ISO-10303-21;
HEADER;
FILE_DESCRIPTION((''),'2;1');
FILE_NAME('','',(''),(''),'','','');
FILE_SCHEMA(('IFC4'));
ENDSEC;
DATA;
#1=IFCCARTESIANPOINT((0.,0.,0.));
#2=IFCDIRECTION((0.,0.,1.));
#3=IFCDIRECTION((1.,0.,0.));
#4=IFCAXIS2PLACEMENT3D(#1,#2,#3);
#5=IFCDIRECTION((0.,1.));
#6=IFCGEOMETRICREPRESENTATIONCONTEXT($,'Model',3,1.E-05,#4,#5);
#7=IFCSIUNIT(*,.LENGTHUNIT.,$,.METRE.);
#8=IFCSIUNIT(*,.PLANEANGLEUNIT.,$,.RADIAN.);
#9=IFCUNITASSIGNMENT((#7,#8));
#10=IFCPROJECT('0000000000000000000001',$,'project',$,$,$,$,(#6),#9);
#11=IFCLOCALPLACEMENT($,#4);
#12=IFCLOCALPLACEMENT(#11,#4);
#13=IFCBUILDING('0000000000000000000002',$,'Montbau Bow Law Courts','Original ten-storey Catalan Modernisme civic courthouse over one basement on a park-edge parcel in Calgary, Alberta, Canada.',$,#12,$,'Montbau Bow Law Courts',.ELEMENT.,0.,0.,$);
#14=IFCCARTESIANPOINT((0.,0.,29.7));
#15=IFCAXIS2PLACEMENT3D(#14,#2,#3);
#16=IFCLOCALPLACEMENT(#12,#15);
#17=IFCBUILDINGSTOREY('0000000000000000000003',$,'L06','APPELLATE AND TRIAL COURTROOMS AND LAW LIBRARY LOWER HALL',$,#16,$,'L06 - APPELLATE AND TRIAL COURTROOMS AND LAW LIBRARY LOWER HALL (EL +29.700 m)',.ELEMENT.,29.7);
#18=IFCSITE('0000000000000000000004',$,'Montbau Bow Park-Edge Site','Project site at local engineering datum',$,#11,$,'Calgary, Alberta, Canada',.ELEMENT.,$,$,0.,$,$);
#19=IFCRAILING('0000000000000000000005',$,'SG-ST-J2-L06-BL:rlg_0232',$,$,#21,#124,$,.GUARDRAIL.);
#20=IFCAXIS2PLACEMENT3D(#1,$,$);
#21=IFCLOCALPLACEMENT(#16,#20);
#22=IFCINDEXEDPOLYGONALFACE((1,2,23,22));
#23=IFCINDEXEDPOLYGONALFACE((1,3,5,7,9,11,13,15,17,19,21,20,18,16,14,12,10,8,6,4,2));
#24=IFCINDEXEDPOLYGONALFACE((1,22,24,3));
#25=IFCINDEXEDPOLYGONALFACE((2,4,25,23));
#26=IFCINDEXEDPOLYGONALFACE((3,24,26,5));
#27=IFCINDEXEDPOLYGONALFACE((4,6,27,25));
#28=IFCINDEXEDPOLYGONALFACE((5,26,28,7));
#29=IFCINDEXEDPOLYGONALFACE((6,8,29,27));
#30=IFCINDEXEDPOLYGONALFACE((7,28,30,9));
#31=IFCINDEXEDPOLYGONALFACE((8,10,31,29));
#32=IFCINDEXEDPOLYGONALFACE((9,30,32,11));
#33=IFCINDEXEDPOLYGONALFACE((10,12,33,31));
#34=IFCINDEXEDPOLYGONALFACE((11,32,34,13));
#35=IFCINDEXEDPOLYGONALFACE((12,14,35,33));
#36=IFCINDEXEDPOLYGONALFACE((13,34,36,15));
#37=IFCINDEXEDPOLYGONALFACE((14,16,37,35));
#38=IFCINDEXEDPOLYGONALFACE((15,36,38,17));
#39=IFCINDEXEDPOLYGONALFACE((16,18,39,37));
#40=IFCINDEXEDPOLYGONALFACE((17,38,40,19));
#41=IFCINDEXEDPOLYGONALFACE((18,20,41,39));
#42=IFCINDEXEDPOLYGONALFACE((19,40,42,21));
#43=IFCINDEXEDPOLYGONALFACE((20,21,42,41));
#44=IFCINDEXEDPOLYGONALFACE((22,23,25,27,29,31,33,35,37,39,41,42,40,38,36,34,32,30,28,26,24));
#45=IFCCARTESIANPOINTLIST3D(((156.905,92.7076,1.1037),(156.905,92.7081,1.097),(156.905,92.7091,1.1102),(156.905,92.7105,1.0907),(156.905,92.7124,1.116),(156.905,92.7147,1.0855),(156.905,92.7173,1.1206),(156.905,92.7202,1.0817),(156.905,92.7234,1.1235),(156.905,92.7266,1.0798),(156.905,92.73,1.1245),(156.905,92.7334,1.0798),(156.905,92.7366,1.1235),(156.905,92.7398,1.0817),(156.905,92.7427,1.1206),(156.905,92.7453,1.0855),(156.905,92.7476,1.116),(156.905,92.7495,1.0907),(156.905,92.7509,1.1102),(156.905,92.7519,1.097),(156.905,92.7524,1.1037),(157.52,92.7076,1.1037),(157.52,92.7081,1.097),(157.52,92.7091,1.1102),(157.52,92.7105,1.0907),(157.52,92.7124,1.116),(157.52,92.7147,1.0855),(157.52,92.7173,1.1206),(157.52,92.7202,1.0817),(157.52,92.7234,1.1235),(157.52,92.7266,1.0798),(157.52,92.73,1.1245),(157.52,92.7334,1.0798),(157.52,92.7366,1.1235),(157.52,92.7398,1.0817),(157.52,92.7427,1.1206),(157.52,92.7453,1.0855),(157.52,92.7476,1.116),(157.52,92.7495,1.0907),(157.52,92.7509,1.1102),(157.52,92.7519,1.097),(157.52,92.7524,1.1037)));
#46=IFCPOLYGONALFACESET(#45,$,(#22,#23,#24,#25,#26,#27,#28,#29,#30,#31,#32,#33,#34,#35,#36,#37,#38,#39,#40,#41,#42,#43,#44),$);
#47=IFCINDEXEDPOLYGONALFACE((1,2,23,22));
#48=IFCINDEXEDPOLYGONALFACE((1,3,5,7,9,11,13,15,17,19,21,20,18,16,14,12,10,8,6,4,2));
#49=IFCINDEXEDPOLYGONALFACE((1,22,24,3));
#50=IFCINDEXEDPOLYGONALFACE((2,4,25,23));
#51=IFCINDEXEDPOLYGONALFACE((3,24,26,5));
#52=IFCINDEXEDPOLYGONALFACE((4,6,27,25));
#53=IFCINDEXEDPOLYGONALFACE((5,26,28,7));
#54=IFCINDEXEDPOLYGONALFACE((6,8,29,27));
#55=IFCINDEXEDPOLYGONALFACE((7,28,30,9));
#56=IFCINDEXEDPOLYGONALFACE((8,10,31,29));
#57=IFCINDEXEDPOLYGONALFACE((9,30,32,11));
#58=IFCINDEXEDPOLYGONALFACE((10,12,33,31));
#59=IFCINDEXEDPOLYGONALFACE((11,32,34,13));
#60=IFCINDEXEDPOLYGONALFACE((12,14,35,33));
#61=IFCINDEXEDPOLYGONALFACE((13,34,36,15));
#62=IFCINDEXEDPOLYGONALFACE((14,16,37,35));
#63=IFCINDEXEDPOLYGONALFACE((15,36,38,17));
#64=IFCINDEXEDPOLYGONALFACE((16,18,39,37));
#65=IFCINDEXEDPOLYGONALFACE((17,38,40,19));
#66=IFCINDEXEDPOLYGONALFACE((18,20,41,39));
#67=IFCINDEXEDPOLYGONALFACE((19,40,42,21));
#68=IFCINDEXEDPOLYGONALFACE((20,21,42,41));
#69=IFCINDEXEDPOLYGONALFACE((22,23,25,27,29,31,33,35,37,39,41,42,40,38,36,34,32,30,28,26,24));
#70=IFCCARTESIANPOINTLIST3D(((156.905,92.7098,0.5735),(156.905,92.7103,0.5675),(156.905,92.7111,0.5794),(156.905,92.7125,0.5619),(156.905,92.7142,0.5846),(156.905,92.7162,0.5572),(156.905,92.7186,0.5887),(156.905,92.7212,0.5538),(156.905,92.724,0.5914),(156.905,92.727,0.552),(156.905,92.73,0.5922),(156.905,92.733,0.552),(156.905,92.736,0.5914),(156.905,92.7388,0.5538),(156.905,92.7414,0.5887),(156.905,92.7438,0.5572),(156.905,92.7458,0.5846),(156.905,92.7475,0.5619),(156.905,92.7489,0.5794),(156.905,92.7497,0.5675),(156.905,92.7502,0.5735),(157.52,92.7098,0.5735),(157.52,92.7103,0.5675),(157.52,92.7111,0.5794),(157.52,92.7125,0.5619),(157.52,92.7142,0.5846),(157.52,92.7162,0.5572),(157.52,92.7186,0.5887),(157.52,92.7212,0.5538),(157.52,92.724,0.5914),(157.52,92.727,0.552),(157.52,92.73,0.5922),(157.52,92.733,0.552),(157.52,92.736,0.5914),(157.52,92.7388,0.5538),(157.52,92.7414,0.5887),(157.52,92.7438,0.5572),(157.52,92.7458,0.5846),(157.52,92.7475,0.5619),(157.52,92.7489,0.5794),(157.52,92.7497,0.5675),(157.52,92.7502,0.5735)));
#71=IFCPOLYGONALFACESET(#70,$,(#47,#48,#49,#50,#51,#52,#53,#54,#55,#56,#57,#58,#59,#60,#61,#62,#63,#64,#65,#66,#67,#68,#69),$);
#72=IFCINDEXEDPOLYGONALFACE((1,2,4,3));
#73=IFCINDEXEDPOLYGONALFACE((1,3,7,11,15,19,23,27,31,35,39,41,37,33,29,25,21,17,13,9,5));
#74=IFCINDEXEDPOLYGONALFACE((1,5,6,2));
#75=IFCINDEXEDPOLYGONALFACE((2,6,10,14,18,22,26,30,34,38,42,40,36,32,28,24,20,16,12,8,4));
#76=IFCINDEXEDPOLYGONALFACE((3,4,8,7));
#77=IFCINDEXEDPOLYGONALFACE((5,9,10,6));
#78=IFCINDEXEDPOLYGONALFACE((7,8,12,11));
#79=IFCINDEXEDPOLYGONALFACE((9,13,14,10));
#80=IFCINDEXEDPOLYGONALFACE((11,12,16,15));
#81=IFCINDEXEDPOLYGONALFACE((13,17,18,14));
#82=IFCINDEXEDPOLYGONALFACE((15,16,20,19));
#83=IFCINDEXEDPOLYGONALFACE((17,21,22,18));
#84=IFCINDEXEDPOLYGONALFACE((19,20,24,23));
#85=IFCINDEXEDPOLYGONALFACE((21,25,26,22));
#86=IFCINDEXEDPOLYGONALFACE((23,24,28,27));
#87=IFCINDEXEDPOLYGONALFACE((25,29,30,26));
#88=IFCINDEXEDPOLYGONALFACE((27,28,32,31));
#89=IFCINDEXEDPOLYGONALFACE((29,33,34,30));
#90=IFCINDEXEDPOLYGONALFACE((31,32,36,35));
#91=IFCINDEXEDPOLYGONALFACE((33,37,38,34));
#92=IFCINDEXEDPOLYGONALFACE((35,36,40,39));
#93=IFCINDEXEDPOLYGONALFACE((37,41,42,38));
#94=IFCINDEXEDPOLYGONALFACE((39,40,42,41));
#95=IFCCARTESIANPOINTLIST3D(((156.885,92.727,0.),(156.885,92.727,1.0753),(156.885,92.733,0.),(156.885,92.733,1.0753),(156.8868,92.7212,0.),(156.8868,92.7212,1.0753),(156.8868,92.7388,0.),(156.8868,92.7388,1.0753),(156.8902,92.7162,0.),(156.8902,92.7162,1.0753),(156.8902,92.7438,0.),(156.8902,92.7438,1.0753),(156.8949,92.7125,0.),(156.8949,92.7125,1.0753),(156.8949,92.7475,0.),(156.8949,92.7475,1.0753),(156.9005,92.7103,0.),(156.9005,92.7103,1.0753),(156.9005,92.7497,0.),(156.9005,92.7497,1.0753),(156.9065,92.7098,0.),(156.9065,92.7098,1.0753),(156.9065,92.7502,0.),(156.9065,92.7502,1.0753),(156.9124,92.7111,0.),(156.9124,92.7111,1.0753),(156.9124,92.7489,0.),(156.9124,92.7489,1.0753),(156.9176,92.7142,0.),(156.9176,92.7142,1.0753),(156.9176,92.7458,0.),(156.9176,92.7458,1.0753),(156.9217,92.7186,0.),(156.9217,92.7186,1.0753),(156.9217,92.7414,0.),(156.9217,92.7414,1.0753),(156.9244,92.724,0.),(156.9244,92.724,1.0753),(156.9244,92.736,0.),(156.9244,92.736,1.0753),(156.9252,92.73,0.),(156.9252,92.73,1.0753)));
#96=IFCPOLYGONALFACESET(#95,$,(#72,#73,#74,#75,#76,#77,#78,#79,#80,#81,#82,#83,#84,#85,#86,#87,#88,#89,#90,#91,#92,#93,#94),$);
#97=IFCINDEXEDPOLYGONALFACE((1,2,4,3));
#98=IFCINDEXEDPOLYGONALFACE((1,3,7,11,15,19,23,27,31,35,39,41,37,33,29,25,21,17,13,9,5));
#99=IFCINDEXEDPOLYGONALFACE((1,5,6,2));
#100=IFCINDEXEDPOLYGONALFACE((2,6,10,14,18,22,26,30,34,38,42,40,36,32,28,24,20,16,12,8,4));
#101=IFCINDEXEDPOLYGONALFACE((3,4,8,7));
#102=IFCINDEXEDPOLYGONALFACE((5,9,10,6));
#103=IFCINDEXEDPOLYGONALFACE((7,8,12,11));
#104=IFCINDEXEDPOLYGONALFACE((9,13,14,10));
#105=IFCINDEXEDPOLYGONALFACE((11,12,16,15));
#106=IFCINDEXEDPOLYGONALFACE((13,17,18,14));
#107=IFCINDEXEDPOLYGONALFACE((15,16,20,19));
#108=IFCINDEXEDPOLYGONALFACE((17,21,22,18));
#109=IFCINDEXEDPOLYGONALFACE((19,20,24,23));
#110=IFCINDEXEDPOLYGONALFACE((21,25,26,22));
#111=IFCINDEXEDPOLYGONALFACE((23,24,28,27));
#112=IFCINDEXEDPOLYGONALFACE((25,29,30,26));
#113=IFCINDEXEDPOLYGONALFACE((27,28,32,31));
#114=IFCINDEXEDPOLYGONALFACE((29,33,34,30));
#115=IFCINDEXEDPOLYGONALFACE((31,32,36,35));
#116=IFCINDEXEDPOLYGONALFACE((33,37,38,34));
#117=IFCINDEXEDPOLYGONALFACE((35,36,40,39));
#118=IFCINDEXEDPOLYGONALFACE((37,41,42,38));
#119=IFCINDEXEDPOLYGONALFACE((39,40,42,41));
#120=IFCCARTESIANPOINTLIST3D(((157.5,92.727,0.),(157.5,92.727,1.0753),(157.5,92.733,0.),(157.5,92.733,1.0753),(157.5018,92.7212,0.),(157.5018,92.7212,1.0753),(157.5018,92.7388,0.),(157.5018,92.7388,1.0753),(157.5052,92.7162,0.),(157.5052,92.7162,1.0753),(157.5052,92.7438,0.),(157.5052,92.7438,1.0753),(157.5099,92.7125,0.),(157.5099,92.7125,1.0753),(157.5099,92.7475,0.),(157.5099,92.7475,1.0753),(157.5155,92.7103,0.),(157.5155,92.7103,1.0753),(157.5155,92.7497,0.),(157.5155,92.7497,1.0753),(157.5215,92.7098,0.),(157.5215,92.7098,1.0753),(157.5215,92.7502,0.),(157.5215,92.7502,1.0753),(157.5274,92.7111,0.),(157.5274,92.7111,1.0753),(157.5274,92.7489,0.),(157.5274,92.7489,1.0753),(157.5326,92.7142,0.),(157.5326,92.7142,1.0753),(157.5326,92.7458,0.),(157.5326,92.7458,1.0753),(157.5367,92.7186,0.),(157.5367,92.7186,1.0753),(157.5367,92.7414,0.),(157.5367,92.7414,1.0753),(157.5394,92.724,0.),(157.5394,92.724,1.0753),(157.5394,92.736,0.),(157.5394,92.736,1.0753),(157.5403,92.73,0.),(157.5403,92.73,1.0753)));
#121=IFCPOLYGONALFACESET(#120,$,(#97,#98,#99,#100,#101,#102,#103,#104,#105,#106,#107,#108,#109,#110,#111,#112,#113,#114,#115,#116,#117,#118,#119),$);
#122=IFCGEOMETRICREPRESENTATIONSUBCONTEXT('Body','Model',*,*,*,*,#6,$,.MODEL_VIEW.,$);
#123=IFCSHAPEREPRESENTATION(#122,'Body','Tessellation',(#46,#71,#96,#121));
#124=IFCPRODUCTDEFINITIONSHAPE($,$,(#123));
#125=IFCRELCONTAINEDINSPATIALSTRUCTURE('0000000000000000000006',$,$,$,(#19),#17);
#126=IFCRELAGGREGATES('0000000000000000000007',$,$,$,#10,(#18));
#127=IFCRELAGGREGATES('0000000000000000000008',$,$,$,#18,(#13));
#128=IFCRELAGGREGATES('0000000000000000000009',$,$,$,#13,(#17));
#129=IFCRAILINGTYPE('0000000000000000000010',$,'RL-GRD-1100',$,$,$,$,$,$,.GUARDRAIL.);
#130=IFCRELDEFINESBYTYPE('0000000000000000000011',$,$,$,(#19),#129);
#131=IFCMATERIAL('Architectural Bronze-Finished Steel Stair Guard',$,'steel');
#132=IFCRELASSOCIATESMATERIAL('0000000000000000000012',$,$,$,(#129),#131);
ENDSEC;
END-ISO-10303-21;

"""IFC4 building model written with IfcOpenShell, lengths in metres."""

from ifc_helpers import new_model, si_unit, direction, frame, origin_with_axes, origin_2d_with_axis, place, context, subcontext, project, spatial, circle, extrude, material, type_object, element, save


model = new_model("IFC4")

# Units and contexts
model_context = context("Model", 3, precision=1e-05, world=origin_with_axes(), true_north=direction((0.0, 1.0)))
body_context = subcontext(model_context, "Body", "Model", "MODEL_VIEW")
ifc_project = project(units=[si_unit("LENGTHUNIT", "METRE"), si_unit("PLANEANGLEUNIT", "RADIAN")], contexts=[model_context])

# Site, building, storey
site_placement = place(None, origin_with_axes())
site = spatial("IfcSite", under=ifc_project, at=site_placement, Name="Montbau Bow Park-Edge Site", Description="Project site at local engineering datum", LongName="Calgary, Alberta, Canada", CompositionType="ELEMENT", RefElevation=0.0)
building_placement = place(site_placement, origin_with_axes())
building = spatial("IfcBuilding", under=site, at=building_placement, Name="Montbau Bow Law Courts", Description="Original ten-storey Catalan Modernisme civic courthouse over one basement on a park-edge parcel in Calgary, Alberta, Canada.", LongName="Montbau Bow Law Courts", CompositionType="ELEMENT", ElevationOfRefHeight=0.0, ElevationOfTerrain=0.0)
storey_placement = place(building_placement, frame((0.0, 0.0, 29.7), z_axis=(0.0, 0.0, 1.0), x_axis=(1.0, 0.0, 0.0)))
storey = spatial("IfcBuildingStorey", under=building, at=storey_placement, Name="L06", Description="APPELLATE AND TRIAL COURTROOMS AND LAW LIBRARY LOWER HALL", LongName="L06 - APPELLATE AND TRIAL COURTROOMS AND LAW LIBRARY LOWER HALL (EL +29.700 m)", CompositionType="ELEMENT", Elevation=29.7)

# Railing
ifc_material_1 = material(Name="Architectural Bronze-Finished Steel Stair Guard", Category="steel")
railing_type_1 = type_object("IfcRailingType", Name="RL-GRD-1100", PredefinedType="GUARDRAIL", material=ifc_material_1)
railing_1_placement = place(None, origin_with_axes())
element("IfcRailing", 1, at=railing_1_placement, inside=storey, type_object=railing_type_1, Name="SG-ST-J2-L06-BL:rlg_0232", PredefinedType="GUARDRAIL", context=body_context, shape_type="SweptSolid", body=[
    extrude(circle(Radius=0.0225, at=origin_2d_with_axis()), frame((156.905, 92.73, 30.802), z_axis=(1.0, 0.0, 0.0), x_axis=(0.0, 0.0, 1.0)), (0.0, 0.0, 1.0), 0.615),
    extrude(circle(Radius=0.0203, at=origin_2d_with_axis()), frame((156.905, 92.73, 30.272), z_axis=(1.0, 0.0, 0.0), x_axis=(0.0, 0.0, 1.0)), (0.0, 0.0, 1.0), 0.615),
    extrude(circle(Radius=0.0203, at=origin_2d_with_axis()), frame((156.905, 92.73, 29.7), z_axis=(0.0, 0.0, 1.0), x_axis=(1.0, 0.0, 0.0)), (0.0, 0.0, 1.0), 1.0753),
    extrude(circle(Radius=0.0203, at=origin_2d_with_axis()), frame((157.52, 92.73, 29.7), z_axis=(0.0, 0.0, 1.0), x_axis=(1.0, 0.0, 0.0)), (0.0, 0.0, 1.0), 1.0753),
])

save(model, "model.ifc")
